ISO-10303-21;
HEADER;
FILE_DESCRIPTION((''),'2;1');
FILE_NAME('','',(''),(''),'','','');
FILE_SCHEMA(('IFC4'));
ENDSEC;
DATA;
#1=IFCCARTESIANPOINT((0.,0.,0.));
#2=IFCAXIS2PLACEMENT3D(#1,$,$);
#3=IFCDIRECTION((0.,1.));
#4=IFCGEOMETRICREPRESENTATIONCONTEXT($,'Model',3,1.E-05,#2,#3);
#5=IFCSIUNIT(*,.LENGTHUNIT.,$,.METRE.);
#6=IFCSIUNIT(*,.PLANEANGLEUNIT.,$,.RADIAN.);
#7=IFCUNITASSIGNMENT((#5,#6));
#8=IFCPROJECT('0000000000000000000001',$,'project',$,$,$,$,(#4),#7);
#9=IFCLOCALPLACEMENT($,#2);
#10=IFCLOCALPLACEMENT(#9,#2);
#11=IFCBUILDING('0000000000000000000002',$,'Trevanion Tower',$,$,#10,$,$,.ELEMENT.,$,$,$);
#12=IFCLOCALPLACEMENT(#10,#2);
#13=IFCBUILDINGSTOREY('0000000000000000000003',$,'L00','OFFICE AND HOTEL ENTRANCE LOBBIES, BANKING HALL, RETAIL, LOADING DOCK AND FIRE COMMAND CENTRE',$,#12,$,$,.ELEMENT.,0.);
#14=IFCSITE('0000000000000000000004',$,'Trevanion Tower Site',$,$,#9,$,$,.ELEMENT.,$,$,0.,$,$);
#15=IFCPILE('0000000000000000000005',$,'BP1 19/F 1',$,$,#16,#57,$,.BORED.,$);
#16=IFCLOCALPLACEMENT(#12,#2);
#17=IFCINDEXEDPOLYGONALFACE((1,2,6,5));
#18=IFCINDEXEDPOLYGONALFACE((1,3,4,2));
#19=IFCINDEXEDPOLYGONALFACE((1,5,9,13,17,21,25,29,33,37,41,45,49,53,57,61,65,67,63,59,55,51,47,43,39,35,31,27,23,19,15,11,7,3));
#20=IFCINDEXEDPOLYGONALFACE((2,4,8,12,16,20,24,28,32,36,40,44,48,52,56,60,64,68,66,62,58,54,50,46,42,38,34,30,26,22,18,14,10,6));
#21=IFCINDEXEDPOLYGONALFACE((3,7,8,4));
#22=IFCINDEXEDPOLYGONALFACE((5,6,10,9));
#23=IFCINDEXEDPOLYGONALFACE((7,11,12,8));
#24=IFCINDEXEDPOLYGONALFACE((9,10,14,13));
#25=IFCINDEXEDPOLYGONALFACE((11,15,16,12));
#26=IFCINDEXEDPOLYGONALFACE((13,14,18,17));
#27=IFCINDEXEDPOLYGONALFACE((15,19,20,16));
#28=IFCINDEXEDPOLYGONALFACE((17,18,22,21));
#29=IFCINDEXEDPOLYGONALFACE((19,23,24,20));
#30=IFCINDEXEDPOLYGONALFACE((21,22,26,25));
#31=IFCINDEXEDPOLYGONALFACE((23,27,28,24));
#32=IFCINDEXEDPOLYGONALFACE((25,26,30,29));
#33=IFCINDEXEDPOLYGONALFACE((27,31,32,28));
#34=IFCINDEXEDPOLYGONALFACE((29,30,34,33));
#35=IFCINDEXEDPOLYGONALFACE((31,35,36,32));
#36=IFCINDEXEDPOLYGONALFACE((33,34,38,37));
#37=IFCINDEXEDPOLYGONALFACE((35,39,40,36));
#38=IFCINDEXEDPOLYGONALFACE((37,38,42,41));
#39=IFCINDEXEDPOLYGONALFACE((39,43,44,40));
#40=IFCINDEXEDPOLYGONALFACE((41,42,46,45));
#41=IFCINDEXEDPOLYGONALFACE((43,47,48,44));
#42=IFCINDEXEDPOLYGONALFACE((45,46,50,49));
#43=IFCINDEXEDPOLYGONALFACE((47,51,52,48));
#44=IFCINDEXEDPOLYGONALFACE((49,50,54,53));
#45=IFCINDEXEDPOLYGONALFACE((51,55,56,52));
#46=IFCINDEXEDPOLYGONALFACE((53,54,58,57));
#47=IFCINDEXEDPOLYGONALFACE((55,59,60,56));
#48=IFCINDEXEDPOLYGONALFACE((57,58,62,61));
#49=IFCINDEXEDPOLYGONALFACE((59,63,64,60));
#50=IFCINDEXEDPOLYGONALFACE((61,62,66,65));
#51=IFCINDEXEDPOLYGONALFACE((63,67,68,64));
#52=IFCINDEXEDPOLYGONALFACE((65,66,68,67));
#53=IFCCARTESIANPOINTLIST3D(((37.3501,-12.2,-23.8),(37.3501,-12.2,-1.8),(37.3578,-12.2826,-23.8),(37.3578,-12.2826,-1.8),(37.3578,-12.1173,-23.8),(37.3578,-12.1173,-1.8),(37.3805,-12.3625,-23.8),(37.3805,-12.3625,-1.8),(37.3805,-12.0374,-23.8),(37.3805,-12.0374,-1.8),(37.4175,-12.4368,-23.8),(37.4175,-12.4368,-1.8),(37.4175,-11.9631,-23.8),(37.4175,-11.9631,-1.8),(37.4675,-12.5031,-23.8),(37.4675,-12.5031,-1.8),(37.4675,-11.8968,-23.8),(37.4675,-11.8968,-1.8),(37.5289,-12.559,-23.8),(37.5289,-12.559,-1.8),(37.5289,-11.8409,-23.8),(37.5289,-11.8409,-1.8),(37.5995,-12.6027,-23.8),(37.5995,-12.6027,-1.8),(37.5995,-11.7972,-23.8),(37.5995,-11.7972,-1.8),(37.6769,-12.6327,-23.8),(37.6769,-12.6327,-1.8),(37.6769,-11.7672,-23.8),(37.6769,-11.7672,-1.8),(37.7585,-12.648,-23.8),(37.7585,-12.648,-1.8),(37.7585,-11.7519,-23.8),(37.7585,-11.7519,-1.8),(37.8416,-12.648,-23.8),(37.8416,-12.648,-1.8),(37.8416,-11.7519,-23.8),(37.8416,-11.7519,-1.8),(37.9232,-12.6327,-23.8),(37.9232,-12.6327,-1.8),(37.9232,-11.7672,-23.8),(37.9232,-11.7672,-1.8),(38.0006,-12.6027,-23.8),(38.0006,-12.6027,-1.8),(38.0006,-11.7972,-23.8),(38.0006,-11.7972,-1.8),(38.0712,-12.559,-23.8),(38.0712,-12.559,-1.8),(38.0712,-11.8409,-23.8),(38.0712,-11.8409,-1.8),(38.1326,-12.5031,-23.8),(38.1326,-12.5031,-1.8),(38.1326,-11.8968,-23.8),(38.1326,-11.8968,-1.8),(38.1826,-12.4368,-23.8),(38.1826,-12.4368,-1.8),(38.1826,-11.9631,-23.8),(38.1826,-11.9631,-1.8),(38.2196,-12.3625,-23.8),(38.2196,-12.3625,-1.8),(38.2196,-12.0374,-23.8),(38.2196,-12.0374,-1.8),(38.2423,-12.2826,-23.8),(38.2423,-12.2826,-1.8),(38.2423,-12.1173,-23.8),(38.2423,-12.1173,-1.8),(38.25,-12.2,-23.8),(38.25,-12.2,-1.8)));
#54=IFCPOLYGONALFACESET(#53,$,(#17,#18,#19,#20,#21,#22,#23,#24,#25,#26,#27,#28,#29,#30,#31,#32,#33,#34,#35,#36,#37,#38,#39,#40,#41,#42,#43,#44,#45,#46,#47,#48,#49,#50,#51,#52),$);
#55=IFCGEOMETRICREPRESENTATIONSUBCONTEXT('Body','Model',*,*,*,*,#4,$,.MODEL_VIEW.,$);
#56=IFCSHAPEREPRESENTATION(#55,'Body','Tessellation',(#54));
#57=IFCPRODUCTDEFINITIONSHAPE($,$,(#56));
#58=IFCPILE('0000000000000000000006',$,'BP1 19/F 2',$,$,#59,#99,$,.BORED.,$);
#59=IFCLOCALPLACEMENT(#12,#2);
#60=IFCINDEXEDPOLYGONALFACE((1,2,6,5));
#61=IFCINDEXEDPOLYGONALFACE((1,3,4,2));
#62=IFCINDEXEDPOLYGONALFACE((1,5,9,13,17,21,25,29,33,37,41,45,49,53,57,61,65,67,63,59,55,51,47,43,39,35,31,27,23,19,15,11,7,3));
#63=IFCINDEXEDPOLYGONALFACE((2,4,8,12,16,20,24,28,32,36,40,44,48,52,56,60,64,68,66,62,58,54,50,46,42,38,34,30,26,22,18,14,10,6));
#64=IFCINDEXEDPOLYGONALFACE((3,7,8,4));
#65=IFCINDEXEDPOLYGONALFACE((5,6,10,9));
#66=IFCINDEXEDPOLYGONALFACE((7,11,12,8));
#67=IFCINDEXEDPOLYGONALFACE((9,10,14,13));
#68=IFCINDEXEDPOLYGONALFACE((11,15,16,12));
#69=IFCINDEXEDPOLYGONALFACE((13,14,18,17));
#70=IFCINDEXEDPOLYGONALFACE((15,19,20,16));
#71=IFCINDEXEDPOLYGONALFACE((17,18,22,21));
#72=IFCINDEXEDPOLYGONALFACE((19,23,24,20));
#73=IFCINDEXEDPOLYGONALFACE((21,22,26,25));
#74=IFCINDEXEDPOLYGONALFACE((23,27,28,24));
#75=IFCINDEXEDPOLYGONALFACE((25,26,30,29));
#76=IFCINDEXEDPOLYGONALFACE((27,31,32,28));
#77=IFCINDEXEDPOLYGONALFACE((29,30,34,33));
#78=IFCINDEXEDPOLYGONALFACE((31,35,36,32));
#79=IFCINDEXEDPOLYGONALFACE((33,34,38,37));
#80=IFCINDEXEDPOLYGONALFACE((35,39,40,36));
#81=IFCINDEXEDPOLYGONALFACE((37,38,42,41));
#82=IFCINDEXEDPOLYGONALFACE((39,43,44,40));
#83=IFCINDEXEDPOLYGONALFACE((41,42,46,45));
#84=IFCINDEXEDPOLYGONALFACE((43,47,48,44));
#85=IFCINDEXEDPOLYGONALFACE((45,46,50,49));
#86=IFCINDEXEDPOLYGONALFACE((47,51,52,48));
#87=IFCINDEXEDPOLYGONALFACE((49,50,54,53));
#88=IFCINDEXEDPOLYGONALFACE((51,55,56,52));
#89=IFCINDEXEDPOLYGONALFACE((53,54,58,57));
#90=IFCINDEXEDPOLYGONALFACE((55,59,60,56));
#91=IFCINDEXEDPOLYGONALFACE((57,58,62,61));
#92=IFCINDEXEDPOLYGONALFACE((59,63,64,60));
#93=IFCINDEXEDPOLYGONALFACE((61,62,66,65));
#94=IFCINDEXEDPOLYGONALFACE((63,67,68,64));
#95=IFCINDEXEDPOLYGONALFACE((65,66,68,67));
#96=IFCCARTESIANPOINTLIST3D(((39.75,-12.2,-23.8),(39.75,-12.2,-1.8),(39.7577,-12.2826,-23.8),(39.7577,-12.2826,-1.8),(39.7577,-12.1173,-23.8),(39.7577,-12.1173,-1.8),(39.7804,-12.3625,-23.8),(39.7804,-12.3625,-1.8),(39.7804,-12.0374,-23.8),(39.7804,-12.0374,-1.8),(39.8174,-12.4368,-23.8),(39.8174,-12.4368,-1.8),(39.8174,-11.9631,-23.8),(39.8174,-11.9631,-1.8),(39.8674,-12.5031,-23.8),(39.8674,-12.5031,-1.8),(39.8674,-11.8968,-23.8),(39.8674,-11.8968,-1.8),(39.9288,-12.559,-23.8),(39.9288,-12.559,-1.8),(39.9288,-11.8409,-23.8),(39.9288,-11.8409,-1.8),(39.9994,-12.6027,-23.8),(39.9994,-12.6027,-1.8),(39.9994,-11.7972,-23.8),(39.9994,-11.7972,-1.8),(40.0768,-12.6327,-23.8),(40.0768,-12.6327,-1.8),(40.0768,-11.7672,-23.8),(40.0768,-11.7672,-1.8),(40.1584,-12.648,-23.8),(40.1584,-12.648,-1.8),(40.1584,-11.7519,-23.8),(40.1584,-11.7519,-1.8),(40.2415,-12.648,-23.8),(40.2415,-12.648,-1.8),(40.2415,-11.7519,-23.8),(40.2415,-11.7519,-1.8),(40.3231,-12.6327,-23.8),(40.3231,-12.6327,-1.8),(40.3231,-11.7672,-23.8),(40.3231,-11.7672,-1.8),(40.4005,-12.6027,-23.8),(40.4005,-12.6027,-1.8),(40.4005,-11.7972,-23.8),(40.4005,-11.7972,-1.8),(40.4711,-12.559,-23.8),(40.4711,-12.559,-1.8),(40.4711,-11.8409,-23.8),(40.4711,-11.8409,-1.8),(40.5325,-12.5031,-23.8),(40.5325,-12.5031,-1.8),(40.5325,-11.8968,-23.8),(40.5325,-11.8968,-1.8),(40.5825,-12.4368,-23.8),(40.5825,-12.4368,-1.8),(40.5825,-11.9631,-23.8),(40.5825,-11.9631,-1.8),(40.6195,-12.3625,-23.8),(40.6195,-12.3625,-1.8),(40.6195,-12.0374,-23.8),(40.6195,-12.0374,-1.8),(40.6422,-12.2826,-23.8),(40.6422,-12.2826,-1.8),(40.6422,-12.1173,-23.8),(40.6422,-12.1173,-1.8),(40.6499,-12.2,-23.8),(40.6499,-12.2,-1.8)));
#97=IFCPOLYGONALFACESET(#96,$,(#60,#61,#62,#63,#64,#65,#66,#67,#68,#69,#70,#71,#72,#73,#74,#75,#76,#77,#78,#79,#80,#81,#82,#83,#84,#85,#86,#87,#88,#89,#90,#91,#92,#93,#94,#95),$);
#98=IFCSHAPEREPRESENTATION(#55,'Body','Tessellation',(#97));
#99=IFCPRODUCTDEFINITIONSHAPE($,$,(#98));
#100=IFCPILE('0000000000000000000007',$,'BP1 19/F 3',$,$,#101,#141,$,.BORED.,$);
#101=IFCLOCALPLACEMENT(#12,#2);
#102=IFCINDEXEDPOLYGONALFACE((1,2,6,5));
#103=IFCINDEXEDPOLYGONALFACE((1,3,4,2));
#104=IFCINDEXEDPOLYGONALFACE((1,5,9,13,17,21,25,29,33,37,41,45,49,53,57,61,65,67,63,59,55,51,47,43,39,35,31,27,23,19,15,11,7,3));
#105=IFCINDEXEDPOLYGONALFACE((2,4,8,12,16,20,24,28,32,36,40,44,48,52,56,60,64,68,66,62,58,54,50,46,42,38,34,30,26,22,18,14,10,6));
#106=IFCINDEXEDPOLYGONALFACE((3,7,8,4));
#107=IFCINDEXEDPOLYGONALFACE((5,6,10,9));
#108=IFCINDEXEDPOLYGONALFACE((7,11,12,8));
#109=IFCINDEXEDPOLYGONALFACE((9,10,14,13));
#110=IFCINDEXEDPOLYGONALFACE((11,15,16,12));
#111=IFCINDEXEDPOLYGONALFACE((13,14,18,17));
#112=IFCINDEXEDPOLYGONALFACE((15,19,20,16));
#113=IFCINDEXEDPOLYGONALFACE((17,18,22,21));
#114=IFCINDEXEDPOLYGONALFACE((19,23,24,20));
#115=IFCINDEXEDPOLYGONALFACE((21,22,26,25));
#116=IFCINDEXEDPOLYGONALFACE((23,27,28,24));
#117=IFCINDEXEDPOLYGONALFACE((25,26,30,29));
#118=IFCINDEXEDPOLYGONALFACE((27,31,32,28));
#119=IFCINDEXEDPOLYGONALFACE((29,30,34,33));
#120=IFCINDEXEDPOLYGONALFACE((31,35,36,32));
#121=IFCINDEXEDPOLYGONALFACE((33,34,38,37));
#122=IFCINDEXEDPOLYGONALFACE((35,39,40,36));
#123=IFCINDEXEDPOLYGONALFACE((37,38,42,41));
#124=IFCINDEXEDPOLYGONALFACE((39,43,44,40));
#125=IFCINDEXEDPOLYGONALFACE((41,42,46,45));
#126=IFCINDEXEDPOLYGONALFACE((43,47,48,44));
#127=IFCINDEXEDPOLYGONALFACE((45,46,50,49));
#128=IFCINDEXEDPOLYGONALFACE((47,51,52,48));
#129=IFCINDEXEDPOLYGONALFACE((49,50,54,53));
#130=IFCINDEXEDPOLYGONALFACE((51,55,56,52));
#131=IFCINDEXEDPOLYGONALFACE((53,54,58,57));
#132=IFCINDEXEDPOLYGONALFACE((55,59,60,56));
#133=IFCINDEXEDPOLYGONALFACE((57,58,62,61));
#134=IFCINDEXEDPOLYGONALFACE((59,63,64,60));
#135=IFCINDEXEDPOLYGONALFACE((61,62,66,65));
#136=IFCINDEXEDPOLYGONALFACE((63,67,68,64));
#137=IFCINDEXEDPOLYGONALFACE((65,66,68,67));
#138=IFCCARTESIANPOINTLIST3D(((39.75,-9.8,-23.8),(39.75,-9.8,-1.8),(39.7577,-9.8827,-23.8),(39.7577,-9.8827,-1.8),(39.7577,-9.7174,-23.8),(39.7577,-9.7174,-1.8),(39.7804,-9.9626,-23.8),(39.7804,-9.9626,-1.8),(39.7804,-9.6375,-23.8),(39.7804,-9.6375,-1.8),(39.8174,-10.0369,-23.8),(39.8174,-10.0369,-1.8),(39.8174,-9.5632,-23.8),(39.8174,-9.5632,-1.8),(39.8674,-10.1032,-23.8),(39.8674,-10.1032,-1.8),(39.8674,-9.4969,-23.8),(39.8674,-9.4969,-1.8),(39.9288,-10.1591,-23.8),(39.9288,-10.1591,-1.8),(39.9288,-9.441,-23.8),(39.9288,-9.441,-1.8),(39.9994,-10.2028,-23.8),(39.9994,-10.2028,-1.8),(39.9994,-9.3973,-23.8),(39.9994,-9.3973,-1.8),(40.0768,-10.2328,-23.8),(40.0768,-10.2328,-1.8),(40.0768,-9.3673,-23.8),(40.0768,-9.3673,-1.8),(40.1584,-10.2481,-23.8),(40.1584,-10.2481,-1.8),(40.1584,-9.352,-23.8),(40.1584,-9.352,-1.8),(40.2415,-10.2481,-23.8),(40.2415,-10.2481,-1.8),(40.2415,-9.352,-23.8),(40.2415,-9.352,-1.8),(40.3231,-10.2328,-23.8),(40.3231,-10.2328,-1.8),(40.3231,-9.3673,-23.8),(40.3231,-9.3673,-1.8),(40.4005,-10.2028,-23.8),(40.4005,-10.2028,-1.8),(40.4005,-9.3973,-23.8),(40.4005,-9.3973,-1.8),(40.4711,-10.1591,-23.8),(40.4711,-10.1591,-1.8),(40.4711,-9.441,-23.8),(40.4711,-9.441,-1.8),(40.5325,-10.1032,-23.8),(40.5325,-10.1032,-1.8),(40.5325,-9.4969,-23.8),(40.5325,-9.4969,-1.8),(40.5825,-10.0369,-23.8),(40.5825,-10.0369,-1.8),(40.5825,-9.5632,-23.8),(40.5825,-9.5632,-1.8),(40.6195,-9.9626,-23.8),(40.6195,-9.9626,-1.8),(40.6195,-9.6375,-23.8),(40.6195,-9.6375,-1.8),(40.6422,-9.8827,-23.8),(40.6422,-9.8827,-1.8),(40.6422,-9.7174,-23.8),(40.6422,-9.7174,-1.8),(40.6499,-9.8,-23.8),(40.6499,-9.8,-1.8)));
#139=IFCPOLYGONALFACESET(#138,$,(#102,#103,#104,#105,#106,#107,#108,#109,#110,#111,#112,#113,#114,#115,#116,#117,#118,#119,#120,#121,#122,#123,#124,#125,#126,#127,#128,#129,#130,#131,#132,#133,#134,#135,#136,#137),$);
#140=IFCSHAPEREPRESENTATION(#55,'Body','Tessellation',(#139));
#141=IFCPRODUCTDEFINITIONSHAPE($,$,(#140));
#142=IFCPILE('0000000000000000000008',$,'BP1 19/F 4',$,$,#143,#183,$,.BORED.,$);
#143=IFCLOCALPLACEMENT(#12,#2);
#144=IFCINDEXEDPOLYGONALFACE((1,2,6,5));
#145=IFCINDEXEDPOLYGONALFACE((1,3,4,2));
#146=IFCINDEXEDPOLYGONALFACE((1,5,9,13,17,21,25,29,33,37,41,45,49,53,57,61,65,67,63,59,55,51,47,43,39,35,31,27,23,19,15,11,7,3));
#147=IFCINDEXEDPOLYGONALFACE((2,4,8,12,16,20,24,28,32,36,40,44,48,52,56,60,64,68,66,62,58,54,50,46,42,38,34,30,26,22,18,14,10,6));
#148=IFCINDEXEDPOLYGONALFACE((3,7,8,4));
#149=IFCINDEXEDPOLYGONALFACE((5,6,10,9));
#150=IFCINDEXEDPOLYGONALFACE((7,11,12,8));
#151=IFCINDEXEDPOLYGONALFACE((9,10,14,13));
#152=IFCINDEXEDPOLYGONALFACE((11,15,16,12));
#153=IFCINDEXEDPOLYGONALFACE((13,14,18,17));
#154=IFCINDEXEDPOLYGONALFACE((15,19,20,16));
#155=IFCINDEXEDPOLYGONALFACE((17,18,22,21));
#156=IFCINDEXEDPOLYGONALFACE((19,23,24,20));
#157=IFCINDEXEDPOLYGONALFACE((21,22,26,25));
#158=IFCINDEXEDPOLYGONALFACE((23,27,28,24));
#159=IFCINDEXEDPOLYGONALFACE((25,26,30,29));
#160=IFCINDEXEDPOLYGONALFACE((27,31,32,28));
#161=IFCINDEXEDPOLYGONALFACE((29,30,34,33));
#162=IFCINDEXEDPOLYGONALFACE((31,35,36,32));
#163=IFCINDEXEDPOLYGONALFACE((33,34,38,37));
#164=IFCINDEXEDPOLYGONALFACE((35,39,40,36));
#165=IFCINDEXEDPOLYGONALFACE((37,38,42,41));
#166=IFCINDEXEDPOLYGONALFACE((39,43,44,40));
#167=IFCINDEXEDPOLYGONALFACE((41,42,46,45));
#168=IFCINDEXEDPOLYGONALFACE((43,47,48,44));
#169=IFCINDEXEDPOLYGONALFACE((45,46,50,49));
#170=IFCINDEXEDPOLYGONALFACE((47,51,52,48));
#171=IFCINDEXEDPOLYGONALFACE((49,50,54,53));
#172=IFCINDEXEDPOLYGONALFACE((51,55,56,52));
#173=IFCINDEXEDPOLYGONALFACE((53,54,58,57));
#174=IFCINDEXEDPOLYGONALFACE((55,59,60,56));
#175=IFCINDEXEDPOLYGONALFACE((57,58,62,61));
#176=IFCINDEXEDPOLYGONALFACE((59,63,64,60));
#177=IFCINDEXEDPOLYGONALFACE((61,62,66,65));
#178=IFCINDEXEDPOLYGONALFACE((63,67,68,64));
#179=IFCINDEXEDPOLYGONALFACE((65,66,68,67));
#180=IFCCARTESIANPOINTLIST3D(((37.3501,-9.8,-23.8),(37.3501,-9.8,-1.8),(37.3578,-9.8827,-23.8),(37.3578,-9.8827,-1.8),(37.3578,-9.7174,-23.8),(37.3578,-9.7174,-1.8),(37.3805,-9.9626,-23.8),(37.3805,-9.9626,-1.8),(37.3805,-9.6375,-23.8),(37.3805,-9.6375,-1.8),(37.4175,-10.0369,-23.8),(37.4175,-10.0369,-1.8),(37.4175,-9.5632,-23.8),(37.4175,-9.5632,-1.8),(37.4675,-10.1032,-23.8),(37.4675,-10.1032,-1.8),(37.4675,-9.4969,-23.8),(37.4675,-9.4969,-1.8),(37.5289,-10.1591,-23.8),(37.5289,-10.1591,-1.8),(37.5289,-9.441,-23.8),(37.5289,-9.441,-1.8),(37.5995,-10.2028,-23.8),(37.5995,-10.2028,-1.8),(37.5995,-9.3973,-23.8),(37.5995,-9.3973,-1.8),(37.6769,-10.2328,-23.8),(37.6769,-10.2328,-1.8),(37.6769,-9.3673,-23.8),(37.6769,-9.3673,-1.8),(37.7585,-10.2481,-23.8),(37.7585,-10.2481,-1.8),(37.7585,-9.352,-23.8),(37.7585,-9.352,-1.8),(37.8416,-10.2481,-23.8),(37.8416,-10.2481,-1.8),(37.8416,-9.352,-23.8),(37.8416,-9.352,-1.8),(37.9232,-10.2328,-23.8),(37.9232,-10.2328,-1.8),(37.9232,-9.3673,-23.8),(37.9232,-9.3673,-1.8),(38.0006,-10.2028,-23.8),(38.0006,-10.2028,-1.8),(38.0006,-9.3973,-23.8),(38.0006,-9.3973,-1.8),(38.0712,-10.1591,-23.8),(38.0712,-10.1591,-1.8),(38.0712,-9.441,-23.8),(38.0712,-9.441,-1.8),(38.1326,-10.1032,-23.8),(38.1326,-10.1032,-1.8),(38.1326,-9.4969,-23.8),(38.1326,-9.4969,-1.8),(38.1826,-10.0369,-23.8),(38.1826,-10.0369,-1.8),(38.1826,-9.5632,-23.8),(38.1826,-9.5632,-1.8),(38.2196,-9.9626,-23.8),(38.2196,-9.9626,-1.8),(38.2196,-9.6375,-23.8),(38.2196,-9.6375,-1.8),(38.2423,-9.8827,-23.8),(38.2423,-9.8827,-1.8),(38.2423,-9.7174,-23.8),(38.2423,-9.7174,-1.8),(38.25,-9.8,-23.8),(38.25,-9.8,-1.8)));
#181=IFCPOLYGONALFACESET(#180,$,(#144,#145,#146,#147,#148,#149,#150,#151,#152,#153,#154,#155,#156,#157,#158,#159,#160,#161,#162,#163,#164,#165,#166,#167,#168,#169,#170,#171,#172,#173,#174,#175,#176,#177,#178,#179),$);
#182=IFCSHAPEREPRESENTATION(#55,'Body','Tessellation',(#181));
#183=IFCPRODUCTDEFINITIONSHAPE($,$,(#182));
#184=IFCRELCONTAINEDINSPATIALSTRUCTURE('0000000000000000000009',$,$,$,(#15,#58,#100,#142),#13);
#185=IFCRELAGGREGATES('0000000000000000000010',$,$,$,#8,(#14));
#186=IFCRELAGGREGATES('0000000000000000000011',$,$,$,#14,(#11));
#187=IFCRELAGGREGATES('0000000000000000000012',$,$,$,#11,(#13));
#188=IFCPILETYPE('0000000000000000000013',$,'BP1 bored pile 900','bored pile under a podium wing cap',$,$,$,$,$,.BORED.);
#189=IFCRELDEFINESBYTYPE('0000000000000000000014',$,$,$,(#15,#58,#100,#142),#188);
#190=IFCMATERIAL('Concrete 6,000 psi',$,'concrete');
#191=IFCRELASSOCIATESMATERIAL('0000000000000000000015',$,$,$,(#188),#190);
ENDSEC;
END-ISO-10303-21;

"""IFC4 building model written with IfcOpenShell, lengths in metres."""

from ifc_helpers import new_model, si_unit, direction, frame, origin, origin_2d, place, context, subcontext, project, spatial, circle, extrude, material, material_profile, profile_set, type_object, element, save


model = new_model("IFC4")

# Units and contexts
model_context = context("Model", 3, precision=1e-05, world=origin(), true_north=direction((0.0, 1.0)))
body_context = subcontext(model_context, "Body", "Model", "MODEL_VIEW")
ifc_project = project(units=[si_unit("LENGTHUNIT", "METRE"), si_unit("PLANEANGLEUNIT", "RADIAN")], contexts=[model_context])

# Site, building, storey
site_placement = place(None, origin())
site = spatial("IfcSite", under=ifc_project, at=site_placement, Name="Trevanion Tower Site", CompositionType="ELEMENT", RefElevation=0.0)
building_placement = place(site_placement, origin())
building = spatial("IfcBuilding", under=site, at=building_placement, Name="Trevanion Tower", CompositionType="ELEMENT")
storey_placement = place(building_placement, origin())
storey = spatial("IfcBuildingStorey", under=building, at=storey_placement, Name="L00", Description="OFFICE AND HOTEL ENTRANCE LOBBIES, BANKING HALL, RETAIL, LOADING DOCK AND FIRE COMMAND CENTRE", CompositionType="ELEMENT", Elevation=0.0)

# Piles
ifc_material_1 = material(Name="Concrete 6,000 psi", Category="concrete")
ifc_material_profile_1 = material_profile(ifc_material_1, circle(Radius=0.45, at=origin_2d()), Name="BP1 bored pile 900")
ifc_profile_set_1 = profile_set([ifc_material_profile_1], Name="Concrete 6,000 psi")
pile_type = type_object("IfcPileType", Name="BP1 bored pile 900", Description="bored pile under a podium wing cap", PredefinedType="BORED", material=ifc_profile_set_1)
for number, where, z_axis, x_axis, name in (
    (1, (37.8, -12.2, -1.8), (0.0, 0.0, -1.0), (1.0, 0.0, 0.0), "BP1 19/F 1"),
    (2, (40.2, -12.2, -1.8), (0.0, 0.0, -1.0), (1.0, 0.0, 0.0), "BP1 19/F 2"),
    (3, (40.2, -9.8, -1.8), (0.0, 0.0, -1.0), (1.0, 0.0, 0.0), "BP1 19/F 3"),
    (4, (37.8, -9.8, -1.8), (0.0, 0.0, -1.0), (1.0, 0.0, 0.0), "BP1 19/F 4"),
):
    element("IfcPile", number, at=place(storey_placement, frame(where, z_axis=z_axis, x_axis=x_axis)), inside=storey, type_object=pile_type, Name=name, PredefinedType="BORED", context=body_context, shape_type="SweptSolid", body=[
        extrude(circle(Radius=0.45, at=origin_2d()), origin(), (0.0, 0.0, 1.0), 22.0),
    ])

save(model, "model.ifc")
